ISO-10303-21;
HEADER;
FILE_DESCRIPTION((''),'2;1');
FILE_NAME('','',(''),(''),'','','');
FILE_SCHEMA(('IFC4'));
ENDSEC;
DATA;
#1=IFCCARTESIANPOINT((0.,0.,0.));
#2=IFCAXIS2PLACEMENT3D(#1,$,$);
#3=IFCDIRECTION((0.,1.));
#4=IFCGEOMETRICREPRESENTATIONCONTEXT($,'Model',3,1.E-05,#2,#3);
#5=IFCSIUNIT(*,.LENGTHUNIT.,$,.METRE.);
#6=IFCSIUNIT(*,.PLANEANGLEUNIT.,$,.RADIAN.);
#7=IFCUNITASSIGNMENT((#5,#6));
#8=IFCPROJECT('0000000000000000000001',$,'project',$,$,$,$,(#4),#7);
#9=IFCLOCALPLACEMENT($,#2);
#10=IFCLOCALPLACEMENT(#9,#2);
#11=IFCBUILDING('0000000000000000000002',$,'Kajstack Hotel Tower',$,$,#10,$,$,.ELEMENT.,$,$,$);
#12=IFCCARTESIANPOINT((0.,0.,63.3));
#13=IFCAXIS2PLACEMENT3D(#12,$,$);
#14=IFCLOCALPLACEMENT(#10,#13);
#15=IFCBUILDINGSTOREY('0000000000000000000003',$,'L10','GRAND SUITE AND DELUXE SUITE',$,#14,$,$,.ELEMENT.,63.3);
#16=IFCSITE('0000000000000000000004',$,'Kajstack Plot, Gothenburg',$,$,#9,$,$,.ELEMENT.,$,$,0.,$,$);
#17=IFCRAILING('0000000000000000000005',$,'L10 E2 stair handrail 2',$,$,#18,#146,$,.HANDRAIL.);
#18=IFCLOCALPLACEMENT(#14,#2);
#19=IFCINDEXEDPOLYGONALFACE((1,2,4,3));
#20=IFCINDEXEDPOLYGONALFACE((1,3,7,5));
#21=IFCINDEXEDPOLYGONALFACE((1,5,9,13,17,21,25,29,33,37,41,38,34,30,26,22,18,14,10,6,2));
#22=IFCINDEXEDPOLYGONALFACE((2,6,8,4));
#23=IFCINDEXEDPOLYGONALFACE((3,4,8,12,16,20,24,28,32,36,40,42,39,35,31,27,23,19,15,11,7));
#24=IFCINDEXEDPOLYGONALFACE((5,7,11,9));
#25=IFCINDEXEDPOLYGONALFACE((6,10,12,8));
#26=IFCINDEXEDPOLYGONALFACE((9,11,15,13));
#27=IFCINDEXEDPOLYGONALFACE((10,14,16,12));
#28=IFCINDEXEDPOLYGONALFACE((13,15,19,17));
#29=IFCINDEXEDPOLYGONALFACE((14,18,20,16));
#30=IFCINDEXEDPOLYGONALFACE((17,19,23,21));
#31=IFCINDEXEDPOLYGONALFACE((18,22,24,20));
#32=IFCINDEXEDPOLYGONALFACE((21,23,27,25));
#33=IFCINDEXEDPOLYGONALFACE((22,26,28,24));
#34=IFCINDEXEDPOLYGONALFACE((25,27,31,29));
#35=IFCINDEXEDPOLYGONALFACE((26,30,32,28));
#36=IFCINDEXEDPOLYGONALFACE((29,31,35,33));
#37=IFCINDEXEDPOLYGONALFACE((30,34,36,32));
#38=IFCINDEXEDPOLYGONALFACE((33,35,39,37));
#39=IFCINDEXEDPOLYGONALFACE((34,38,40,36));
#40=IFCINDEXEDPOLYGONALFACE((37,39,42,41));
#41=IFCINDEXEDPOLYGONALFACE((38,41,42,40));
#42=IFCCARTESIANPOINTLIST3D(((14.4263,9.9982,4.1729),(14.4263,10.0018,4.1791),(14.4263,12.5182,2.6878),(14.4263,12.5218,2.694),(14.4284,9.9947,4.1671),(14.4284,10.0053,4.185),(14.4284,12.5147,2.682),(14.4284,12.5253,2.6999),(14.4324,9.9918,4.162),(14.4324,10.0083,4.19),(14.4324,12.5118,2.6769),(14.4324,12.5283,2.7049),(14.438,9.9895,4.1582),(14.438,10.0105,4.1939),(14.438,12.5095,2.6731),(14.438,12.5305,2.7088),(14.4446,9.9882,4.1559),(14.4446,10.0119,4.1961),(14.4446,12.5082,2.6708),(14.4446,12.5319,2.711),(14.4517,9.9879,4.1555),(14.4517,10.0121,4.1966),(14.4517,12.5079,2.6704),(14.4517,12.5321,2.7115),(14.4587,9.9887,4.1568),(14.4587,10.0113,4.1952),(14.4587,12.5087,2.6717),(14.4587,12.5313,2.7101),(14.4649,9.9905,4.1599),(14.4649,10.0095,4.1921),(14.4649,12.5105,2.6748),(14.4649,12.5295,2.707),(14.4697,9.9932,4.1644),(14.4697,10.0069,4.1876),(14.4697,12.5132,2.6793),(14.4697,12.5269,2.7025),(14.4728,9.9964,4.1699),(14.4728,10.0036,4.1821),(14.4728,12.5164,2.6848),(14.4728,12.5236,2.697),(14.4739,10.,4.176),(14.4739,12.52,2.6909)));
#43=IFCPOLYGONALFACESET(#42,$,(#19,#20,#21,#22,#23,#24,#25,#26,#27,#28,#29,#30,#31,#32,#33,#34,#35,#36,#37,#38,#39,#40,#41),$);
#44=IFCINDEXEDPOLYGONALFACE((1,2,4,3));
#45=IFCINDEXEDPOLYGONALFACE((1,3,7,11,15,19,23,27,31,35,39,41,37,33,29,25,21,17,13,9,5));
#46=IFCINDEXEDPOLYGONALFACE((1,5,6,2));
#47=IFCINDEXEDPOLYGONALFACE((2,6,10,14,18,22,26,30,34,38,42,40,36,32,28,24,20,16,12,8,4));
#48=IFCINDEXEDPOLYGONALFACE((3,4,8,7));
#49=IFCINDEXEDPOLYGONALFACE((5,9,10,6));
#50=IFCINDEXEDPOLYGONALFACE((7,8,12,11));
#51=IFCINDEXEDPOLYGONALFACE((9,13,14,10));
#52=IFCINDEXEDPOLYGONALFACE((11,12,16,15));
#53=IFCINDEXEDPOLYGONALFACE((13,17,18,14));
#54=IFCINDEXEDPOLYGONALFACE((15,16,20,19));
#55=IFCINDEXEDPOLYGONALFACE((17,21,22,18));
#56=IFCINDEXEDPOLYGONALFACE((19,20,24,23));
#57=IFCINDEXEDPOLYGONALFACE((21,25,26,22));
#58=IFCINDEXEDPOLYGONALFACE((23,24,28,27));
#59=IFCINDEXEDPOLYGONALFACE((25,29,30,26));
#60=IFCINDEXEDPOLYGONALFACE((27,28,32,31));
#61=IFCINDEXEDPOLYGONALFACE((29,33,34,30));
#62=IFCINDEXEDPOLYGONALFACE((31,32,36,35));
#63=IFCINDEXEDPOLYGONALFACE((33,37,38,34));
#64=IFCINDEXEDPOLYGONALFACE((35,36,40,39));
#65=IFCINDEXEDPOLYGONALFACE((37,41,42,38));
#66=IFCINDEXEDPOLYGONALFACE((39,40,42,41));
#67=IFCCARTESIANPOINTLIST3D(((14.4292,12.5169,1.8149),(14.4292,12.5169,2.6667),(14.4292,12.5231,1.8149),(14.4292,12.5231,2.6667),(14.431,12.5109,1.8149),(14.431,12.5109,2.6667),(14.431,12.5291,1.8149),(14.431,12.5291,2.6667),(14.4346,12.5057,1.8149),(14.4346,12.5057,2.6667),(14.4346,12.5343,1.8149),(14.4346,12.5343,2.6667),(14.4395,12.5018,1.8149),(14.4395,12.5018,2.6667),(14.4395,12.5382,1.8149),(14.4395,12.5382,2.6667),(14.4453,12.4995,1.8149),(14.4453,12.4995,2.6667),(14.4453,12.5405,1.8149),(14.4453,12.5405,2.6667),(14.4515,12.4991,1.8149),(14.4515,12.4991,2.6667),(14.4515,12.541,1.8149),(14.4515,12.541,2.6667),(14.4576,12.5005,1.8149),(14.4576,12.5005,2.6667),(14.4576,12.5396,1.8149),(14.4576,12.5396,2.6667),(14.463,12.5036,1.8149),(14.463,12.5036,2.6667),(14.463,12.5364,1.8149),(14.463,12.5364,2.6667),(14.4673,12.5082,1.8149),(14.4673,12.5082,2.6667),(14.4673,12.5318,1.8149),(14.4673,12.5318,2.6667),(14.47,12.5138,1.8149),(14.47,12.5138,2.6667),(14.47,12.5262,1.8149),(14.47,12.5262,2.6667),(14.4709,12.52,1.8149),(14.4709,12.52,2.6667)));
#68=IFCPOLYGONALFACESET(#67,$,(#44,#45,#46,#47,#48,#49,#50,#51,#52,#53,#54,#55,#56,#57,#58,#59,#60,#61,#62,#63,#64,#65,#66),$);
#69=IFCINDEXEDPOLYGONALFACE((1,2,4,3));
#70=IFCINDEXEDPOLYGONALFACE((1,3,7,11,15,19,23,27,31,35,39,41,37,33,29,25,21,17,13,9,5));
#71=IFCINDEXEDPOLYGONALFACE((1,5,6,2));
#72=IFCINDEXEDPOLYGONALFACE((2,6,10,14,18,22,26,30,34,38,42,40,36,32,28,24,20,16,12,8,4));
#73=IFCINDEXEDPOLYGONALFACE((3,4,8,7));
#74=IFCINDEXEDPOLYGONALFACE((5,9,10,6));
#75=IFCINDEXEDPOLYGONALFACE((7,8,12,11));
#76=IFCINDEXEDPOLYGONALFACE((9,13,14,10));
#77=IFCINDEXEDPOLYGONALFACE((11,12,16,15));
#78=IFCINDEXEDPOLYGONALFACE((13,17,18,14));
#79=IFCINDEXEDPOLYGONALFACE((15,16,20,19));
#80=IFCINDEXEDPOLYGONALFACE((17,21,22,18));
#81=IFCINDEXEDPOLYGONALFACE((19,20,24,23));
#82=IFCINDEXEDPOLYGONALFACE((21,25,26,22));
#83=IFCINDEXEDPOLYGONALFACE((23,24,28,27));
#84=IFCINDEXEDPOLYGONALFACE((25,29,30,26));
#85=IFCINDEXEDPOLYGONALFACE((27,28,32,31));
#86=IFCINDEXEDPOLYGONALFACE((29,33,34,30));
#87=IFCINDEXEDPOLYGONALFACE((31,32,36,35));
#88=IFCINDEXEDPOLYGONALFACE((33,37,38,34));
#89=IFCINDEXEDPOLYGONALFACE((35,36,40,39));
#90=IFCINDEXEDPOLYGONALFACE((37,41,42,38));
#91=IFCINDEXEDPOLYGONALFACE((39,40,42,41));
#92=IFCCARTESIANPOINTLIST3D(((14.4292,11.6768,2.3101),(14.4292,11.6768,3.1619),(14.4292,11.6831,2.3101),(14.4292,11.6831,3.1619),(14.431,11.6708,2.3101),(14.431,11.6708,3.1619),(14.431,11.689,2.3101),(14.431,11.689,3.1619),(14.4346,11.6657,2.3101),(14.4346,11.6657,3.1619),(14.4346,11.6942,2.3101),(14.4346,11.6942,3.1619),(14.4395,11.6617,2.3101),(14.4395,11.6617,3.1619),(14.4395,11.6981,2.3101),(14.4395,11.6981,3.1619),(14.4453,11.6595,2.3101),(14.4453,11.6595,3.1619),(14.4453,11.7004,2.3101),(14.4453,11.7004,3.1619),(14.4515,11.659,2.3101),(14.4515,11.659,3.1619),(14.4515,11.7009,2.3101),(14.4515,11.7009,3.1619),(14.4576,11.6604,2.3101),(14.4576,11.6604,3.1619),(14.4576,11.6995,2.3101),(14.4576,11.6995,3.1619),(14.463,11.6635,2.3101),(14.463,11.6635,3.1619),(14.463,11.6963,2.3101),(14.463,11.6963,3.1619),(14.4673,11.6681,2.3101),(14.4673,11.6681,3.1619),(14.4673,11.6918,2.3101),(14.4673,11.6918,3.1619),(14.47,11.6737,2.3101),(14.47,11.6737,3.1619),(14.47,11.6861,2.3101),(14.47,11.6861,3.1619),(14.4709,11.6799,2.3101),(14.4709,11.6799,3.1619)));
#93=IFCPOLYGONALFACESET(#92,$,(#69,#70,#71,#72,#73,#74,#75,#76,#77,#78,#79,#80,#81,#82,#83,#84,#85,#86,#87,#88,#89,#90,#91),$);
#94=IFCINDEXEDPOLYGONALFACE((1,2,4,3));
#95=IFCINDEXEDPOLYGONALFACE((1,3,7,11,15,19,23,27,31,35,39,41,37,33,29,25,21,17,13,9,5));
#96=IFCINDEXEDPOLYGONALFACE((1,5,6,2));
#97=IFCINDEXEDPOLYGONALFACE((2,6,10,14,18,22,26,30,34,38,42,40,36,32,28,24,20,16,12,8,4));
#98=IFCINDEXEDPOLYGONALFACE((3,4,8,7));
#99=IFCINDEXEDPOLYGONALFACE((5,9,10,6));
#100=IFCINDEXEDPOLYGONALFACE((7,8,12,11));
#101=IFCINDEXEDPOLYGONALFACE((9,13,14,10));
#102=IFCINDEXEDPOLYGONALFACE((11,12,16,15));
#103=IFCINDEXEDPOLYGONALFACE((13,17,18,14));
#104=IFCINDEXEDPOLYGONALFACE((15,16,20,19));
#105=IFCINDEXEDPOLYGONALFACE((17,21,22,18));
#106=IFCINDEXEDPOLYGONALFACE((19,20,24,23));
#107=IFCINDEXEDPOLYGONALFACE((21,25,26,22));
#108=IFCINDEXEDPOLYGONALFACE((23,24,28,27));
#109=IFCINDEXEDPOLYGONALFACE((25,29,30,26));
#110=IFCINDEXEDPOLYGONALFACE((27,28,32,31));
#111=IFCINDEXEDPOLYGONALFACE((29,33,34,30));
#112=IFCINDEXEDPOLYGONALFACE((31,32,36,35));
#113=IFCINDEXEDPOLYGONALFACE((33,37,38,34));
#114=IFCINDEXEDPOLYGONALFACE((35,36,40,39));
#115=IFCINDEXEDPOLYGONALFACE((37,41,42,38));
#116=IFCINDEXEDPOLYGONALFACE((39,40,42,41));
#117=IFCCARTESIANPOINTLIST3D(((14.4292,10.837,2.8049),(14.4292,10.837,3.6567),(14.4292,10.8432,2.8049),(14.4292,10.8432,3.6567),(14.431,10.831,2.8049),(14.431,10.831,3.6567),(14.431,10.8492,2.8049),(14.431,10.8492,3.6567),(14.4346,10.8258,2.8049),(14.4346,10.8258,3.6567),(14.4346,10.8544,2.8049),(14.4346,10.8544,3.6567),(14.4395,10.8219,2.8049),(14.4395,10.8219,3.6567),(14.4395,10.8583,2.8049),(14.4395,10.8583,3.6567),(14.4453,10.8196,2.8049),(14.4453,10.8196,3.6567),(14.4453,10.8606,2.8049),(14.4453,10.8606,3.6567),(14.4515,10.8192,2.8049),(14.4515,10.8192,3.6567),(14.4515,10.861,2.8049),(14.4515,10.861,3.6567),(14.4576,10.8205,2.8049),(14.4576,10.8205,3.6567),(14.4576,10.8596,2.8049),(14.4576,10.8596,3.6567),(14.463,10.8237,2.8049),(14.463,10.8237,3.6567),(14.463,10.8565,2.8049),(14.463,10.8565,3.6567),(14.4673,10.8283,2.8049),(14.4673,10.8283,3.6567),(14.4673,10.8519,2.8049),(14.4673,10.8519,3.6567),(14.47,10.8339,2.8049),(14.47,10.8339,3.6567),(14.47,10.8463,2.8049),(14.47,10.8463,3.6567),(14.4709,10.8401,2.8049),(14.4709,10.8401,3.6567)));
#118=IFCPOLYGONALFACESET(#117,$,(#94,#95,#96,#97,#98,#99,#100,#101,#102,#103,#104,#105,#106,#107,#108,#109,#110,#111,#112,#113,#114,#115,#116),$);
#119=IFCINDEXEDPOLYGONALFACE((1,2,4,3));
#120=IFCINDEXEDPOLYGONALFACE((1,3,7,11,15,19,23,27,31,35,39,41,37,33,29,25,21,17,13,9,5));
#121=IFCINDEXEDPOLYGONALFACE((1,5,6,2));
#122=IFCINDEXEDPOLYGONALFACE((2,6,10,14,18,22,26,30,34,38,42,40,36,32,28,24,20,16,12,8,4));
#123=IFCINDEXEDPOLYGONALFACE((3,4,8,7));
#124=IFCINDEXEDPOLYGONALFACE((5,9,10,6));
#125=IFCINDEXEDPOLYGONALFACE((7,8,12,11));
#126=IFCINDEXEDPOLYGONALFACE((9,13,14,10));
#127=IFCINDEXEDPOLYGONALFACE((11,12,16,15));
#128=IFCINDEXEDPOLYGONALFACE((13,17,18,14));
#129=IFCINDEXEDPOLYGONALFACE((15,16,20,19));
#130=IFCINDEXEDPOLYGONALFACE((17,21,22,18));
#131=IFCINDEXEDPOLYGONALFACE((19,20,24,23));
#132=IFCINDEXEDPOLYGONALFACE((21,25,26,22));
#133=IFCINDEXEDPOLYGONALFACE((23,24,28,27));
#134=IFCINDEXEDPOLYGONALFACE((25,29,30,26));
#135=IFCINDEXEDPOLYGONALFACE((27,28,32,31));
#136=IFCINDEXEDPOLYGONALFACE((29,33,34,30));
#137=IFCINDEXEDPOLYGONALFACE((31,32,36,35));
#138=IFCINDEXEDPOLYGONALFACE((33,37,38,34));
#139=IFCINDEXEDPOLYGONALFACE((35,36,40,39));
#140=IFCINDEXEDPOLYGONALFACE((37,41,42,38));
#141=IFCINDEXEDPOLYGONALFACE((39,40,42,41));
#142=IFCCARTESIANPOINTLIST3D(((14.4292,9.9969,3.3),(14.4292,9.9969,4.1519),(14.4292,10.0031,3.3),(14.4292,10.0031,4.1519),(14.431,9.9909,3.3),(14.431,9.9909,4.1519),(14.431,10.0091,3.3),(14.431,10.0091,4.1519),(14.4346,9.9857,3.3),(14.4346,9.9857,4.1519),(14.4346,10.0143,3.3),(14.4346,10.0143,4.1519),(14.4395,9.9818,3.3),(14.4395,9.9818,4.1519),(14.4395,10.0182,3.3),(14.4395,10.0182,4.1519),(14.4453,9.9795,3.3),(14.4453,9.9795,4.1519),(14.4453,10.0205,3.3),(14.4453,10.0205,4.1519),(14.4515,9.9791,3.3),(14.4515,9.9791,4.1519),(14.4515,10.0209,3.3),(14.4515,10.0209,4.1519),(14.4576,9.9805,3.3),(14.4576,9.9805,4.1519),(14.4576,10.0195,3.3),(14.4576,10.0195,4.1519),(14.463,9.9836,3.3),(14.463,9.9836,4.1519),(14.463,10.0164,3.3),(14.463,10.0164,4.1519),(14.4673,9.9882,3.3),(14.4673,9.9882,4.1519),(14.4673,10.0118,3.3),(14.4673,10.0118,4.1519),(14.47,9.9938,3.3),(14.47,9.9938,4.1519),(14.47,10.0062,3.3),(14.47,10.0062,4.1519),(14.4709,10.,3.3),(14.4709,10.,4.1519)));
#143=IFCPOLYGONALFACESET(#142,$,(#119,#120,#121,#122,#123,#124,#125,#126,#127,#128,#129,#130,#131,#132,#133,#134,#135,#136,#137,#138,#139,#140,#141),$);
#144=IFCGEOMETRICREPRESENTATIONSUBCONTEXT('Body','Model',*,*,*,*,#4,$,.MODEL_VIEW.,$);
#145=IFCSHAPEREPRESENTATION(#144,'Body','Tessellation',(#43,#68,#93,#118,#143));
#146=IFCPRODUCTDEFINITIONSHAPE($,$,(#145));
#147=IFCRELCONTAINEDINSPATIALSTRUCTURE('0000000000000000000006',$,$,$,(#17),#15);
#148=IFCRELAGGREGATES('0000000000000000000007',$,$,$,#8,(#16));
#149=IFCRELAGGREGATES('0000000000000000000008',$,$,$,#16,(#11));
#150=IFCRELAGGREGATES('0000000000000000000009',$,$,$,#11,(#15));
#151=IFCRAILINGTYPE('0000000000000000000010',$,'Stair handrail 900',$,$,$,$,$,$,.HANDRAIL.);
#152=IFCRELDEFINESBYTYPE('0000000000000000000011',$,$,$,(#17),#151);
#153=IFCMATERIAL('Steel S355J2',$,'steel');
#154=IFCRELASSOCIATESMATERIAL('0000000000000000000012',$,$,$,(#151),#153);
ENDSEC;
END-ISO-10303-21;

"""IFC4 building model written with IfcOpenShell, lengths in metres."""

from ifc_helpers import new_model, si_unit, direction, frame, origin, origin_2d, place, context, subcontext, project, spatial, circle, extrude, material, type_object, element, save


model = new_model("IFC4")

# Units and contexts
model_context = context("Model", 3, precision=1e-05, world=origin(), true_north=direction((0.0, 1.0)))
body_context = subcontext(model_context, "Body", "Model", "MODEL_VIEW")
ifc_project = project(units=[si_unit("LENGTHUNIT", "METRE"), si_unit("PLANEANGLEUNIT", "RADIAN")], contexts=[model_context])

# Site, building, storey
site_placement = place(None, origin())
site = spatial("IfcSite", under=ifc_project, at=site_placement, Name="Kajstack Plot, Gothenburg", CompositionType="ELEMENT", RefElevation=0.0)
building_placement = place(site_placement, origin())
building = spatial("IfcBuilding", under=site, at=building_placement, Name="Kajstack Hotel Tower", CompositionType="ELEMENT")
storey_placement = place(building_placement, frame((0.0, 0.0, 63.3)))
storey = spatial("IfcBuildingStorey", under=building, at=storey_placement, Name="L10", Description="GRAND SUITE AND DELUXE SUITE", CompositionType="ELEMENT", Elevation=63.3)

# Railing
ifc_material_1 = material(Name="Steel S355J2", Category="steel")
railing_type = type_object("IfcRailingType", Name="Stair handrail 900", PredefinedType="HANDRAIL", material=ifc_material_1)
railing_placement = place(storey_placement, frame((14.45, 12.52, 1.8149)))
element("IfcRailing", 1, at=railing_placement, inside=storey, type_object=railing_type, Name="L10 E2 stair handrail 2", PredefinedType="HANDRAIL", context=body_context, shape_type="SweptSolid", body=[
    extrude(circle(Radius=0.0239, at=origin_2d()), frame((0.0, 0.0, 0.876), z_axis=(0.0, -0.861524, 0.507717), x_axis=(1.0, 0.0, 0.0)), (0.0, 0.0, 1.0), 2.925),
    extrude(circle(Radius=0.021, at=origin_2d()), origin(), (0.0, 0.0, 1.0), 0.8518),
    extrude(circle(Radius=0.021, at=origin_2d()), frame((0.0, -0.8401, 0.4951)), (0.0, 0.0, 1.0), 0.8518),
    extrude(circle(Radius=0.021, at=origin_2d()), frame((0.0, -1.6799, 0.99)), (0.0, 0.0, 1.0), 0.8518),
    extrude(circle(Radius=0.021, at=origin_2d()), frame((0.0, -2.52, 1.4851)), (0.0, 0.0, 1.0), 0.8518),
])

save(model, "model.ifc")
